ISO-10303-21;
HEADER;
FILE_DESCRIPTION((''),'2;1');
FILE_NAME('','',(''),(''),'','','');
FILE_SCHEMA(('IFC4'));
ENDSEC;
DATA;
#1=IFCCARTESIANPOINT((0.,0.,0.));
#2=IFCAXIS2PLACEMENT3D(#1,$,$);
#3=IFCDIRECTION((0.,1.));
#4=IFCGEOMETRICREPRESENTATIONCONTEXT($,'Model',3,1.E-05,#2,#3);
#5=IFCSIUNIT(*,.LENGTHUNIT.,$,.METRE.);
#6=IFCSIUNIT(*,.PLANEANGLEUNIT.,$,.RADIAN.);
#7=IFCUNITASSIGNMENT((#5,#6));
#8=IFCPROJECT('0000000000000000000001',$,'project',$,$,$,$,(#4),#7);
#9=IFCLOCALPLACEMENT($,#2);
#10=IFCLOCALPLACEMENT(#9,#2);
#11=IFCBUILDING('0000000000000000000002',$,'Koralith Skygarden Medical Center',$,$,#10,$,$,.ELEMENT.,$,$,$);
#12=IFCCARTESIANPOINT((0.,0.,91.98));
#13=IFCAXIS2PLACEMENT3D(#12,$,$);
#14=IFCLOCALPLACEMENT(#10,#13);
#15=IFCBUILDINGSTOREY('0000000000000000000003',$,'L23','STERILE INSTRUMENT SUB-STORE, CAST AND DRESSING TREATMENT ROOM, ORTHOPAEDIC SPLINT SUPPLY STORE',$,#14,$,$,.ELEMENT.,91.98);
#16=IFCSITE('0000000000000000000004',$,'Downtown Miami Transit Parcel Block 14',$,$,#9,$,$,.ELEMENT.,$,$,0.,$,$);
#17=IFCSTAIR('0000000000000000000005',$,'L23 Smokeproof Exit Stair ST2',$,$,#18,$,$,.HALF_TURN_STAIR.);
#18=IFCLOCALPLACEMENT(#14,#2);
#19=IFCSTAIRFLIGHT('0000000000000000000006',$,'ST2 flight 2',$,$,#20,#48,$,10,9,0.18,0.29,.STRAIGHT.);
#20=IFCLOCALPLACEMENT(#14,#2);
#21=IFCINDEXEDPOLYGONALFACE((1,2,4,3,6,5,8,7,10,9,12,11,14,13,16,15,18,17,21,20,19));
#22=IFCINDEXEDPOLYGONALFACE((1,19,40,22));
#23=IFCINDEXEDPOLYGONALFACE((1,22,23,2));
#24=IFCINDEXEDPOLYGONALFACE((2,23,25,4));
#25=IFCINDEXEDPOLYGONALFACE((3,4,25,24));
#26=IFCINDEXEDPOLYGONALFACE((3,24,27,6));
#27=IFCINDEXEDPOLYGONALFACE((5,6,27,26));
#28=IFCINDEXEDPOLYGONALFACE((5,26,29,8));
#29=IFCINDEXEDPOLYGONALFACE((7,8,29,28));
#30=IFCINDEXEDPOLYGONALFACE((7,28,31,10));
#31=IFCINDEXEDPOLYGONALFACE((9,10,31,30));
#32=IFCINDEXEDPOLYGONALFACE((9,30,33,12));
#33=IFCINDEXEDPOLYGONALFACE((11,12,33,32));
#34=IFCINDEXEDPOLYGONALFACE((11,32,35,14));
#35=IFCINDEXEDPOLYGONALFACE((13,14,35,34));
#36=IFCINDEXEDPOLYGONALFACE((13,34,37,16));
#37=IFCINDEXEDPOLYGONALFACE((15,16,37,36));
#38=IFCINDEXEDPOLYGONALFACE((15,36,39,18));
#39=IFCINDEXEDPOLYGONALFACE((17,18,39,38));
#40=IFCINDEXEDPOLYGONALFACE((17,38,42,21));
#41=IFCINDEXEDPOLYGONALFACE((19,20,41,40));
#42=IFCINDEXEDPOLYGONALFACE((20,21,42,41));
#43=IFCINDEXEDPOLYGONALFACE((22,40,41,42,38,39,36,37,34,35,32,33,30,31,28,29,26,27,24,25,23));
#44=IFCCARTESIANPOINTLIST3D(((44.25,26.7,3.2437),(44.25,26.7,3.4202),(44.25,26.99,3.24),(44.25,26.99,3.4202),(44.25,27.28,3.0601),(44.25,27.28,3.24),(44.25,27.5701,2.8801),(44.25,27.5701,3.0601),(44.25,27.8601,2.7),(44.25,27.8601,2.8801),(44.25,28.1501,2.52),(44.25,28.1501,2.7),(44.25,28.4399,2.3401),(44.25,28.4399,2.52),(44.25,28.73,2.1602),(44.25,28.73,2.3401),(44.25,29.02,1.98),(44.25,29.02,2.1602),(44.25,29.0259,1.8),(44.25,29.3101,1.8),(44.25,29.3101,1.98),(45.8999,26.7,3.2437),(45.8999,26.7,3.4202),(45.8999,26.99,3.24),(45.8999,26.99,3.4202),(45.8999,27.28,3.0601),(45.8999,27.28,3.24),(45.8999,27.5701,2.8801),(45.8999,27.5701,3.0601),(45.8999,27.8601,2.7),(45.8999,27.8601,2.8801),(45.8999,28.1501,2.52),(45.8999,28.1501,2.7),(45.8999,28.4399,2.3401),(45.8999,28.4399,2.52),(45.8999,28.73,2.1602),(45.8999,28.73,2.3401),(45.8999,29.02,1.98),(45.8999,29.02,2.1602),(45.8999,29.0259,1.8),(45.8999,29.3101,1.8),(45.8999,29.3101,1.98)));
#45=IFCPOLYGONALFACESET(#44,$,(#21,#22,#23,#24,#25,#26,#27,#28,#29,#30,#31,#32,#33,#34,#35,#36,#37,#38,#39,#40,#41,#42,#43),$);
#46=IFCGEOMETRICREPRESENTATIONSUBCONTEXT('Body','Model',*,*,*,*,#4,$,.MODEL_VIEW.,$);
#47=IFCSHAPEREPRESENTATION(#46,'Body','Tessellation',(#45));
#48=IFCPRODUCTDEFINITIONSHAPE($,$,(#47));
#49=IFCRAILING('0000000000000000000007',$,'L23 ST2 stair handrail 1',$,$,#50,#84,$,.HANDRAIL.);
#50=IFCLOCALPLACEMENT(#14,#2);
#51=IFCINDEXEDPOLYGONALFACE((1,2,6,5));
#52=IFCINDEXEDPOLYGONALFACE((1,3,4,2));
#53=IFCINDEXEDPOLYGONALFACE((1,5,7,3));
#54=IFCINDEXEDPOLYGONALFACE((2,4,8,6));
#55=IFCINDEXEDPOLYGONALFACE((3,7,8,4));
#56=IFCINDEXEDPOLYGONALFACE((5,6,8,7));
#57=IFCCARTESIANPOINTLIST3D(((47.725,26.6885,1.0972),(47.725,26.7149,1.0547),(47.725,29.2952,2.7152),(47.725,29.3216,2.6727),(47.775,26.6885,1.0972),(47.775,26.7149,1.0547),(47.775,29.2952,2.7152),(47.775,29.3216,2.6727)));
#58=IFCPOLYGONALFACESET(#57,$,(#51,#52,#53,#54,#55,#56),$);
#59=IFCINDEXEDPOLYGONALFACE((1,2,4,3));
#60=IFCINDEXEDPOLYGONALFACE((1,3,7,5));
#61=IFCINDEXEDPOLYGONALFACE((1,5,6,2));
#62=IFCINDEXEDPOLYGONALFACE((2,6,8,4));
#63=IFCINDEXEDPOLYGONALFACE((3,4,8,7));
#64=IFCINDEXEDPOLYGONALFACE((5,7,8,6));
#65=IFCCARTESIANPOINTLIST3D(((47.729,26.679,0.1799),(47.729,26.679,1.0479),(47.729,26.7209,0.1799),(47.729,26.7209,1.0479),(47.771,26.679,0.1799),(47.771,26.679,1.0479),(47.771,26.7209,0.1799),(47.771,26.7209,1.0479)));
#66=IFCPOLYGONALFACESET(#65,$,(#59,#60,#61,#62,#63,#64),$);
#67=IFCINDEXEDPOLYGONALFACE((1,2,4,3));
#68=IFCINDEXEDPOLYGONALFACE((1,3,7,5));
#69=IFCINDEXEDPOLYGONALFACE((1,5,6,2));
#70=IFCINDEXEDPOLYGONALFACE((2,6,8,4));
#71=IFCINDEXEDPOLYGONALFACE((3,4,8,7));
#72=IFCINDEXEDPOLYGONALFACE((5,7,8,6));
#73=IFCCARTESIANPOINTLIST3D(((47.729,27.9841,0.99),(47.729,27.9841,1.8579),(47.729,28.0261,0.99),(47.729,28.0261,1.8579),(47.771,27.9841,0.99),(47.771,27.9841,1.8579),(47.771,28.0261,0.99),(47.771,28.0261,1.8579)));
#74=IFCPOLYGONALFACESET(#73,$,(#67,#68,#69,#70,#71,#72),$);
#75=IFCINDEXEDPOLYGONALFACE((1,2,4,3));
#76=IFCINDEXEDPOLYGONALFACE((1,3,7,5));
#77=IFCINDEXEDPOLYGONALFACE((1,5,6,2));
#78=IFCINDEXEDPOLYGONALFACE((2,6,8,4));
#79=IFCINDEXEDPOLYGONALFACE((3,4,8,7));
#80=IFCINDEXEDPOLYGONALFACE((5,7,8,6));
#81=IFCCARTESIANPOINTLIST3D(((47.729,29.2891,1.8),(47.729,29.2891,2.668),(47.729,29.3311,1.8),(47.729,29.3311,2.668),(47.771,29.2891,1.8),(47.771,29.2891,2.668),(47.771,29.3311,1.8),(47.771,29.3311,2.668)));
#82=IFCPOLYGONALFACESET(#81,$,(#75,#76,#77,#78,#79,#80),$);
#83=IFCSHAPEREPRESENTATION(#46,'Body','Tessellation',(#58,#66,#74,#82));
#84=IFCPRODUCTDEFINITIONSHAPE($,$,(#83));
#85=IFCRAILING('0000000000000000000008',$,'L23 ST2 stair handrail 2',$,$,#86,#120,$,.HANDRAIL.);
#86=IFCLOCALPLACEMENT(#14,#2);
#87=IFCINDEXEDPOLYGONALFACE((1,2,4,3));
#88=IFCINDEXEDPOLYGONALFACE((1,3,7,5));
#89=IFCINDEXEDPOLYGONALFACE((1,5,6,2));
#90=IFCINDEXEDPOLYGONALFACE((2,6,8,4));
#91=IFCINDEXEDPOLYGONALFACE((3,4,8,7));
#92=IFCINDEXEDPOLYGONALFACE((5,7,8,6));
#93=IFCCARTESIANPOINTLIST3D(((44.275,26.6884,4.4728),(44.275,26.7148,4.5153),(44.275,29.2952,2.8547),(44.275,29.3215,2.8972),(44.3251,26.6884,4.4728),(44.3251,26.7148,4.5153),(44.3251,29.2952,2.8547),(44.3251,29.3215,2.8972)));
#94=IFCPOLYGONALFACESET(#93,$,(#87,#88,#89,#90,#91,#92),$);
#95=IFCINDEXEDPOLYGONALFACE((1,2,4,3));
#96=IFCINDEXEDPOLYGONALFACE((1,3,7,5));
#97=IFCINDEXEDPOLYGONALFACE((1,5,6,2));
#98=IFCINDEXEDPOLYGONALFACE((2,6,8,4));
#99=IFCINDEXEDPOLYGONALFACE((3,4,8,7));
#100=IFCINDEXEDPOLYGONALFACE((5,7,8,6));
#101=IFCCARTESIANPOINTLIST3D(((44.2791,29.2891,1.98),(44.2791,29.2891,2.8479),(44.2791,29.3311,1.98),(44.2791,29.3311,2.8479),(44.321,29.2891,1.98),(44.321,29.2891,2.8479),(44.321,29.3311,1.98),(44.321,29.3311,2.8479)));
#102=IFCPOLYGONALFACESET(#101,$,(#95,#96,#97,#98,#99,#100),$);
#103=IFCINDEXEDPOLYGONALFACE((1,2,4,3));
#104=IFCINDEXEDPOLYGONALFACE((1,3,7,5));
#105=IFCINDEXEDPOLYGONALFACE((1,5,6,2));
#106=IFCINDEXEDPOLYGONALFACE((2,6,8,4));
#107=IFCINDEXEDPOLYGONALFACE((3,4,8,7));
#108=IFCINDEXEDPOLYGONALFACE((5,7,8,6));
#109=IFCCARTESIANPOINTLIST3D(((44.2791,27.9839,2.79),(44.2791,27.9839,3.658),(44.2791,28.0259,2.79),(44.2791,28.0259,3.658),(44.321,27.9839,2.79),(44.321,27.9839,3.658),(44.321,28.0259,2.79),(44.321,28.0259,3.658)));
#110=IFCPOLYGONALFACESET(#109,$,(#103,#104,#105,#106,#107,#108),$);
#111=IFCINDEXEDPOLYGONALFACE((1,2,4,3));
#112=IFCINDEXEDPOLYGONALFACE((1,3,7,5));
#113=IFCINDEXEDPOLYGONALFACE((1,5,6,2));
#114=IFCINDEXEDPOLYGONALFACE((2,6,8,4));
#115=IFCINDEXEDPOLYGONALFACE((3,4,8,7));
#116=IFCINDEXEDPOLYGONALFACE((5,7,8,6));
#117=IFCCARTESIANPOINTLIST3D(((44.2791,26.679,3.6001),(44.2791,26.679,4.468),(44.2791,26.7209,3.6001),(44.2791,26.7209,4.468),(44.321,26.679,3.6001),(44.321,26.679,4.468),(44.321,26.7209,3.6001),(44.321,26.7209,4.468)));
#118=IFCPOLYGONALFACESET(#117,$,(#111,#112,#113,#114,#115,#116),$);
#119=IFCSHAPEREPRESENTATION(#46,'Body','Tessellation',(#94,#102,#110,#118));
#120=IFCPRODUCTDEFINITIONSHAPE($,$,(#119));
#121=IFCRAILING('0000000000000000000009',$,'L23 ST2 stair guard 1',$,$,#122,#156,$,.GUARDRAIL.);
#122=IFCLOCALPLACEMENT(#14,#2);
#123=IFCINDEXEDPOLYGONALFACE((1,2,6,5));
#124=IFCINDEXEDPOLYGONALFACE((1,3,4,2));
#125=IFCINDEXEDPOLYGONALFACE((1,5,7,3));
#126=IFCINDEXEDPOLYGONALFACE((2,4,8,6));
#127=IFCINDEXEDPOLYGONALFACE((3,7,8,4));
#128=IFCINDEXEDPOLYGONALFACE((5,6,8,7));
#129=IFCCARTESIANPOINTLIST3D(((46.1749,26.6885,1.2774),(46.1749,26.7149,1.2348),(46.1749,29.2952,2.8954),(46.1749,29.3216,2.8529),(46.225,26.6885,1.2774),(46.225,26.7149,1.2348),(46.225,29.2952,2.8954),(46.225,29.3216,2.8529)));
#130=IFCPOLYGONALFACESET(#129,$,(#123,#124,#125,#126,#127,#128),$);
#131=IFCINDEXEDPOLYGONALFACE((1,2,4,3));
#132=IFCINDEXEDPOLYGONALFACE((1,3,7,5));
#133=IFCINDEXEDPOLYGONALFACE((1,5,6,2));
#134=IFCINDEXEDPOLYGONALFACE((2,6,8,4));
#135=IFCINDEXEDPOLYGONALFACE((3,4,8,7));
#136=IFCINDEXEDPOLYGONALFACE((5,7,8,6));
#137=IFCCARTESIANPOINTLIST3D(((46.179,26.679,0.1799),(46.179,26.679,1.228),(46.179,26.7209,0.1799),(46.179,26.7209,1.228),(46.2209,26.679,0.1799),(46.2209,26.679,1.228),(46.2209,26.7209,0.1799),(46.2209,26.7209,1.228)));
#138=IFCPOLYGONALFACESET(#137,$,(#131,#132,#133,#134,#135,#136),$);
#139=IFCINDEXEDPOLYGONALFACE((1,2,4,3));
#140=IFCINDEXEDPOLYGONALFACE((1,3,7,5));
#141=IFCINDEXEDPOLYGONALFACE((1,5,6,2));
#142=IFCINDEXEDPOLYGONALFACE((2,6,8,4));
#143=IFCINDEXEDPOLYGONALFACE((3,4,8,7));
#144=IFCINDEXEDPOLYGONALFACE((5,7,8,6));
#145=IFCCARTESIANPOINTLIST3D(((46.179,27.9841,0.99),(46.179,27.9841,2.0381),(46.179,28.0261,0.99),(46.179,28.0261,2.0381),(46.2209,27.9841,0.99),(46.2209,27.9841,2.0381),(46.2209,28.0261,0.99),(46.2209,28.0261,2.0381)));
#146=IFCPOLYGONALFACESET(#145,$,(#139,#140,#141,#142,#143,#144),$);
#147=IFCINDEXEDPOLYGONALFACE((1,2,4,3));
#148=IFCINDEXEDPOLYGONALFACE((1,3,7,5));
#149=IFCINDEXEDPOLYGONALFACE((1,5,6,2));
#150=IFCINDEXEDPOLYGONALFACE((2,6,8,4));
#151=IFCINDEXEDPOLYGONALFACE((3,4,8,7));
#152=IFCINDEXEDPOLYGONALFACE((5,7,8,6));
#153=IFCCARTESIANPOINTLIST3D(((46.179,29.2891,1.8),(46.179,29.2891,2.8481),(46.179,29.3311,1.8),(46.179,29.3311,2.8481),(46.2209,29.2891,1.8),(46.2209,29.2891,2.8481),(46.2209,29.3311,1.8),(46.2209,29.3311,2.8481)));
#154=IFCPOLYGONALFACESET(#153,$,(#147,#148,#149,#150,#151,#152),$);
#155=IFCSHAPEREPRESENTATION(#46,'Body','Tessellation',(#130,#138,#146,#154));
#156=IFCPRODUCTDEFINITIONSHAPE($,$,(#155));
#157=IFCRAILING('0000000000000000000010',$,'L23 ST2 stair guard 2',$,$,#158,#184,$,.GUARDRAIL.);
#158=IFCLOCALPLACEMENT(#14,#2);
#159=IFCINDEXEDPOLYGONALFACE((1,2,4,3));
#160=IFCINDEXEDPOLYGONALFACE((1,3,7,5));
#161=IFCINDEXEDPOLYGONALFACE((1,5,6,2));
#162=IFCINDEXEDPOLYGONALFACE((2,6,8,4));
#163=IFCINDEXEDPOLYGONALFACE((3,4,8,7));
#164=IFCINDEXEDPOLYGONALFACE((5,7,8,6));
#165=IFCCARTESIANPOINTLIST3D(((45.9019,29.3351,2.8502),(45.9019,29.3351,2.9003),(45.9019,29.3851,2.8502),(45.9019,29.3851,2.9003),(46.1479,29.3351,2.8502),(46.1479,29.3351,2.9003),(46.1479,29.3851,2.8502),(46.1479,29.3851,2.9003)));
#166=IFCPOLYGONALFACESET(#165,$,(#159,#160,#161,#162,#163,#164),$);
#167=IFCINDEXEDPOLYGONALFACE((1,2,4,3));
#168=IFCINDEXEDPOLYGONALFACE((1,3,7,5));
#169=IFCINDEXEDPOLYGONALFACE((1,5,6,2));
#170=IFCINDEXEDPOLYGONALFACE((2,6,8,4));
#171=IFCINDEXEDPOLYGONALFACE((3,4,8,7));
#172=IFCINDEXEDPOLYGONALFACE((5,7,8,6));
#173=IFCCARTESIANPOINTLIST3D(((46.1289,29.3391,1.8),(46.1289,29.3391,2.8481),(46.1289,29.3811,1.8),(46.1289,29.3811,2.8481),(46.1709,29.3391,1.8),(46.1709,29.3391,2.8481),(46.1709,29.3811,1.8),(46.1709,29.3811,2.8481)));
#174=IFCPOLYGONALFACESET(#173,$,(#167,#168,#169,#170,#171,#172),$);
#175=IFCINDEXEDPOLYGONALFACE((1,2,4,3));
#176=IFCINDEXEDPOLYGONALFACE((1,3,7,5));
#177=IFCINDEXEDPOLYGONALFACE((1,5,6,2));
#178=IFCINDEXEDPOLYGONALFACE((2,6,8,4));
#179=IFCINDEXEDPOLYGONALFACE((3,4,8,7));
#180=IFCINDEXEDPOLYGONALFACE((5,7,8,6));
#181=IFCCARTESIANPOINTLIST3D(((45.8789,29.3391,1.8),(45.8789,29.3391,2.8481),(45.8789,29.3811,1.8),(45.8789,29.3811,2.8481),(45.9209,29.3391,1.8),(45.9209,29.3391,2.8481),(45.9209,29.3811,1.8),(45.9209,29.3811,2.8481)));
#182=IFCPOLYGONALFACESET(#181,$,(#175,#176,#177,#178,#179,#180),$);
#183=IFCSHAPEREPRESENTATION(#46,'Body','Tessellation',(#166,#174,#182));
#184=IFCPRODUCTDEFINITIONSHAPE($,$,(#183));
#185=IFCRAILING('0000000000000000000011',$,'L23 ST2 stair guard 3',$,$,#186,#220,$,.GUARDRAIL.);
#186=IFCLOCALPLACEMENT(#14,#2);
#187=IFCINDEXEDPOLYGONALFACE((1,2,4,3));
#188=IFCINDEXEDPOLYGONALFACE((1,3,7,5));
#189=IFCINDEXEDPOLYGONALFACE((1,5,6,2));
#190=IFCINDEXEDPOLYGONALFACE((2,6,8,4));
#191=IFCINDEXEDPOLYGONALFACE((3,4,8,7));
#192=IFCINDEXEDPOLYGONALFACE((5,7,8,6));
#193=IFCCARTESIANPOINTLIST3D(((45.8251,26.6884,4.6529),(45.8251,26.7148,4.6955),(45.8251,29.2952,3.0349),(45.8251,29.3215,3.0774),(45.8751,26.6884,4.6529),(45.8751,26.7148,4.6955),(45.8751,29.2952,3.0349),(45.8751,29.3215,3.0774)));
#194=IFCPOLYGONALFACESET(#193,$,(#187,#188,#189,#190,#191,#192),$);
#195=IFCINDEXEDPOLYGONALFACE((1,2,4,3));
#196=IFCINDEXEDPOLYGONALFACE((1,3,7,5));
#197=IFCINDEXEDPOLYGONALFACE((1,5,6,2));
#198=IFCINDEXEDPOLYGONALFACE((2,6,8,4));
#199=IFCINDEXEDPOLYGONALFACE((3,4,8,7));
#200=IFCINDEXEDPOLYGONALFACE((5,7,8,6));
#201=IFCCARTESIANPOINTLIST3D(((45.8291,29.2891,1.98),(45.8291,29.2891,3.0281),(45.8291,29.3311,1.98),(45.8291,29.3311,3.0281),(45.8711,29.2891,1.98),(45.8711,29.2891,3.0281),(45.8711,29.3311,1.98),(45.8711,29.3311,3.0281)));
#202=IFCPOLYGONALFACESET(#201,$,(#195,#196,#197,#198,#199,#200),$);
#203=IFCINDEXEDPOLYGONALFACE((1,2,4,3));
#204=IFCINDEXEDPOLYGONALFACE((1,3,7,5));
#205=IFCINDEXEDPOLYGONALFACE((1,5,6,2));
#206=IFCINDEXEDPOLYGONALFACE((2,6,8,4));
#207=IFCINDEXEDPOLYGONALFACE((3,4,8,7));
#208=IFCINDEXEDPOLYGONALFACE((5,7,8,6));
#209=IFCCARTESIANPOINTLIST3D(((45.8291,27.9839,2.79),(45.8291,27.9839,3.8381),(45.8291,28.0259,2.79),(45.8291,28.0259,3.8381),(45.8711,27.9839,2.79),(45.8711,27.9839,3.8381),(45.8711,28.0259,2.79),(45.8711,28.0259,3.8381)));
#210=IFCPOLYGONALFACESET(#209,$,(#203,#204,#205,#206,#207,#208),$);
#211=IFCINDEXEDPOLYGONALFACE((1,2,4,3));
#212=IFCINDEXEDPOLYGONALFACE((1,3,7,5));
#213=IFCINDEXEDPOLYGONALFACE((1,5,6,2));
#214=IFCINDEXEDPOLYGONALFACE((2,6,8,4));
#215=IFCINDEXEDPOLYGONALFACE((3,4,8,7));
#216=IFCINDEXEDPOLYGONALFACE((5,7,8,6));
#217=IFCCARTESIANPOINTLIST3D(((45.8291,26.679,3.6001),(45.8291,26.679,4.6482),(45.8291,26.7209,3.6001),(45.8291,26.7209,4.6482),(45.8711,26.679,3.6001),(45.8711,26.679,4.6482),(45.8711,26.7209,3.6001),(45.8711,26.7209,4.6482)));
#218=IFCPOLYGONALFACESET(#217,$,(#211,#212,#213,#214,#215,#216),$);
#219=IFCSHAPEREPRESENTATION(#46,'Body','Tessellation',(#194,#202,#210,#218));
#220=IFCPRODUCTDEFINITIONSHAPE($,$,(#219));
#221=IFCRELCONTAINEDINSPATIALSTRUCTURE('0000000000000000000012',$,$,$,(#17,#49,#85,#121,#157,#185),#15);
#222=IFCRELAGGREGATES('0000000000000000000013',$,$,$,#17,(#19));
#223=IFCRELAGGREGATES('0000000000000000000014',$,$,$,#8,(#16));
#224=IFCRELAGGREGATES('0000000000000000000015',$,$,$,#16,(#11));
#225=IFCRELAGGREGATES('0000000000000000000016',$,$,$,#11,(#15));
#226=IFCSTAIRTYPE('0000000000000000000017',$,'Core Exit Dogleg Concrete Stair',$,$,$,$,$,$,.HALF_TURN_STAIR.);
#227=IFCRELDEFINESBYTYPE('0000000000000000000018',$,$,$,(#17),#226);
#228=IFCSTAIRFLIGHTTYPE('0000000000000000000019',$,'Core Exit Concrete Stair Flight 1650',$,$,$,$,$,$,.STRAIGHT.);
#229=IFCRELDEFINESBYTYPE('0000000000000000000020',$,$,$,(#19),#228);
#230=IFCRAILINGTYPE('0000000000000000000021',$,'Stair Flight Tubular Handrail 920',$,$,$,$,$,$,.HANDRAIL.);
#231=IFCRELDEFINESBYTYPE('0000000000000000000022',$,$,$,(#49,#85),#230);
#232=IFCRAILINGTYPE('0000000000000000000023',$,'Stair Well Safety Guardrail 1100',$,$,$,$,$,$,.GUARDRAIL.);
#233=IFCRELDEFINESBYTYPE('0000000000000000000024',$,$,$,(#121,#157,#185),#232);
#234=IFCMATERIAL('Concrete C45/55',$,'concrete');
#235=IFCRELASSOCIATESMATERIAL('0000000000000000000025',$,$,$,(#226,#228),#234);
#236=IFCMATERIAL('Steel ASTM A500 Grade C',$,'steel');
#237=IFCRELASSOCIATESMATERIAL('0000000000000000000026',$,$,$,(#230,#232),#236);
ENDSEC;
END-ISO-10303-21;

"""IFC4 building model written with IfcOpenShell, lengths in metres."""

from ifc_helpers import new_model, si_unit, direction, frame, origin, origin_2d, place, context, subcontext, project, spatial, polyline, rectangle, outline, extrude, material, type_object, element, aggregate, save


model = new_model("IFC4")

# Units and contexts
model_context = context("Model", 3, precision=1e-05, world=origin(), true_north=direction((0.0, 1.0)))
body_context = subcontext(model_context, "Body", "Model", "MODEL_VIEW")
ifc_project = project(units=[si_unit("LENGTHUNIT", "METRE"), si_unit("PLANEANGLEUNIT", "RADIAN")], contexts=[model_context])

# Site, building, storey
site_placement = place(None, origin())
site = spatial("IfcSite", under=ifc_project, at=site_placement, Name="Downtown Miami Transit Parcel Block 14", CompositionType="ELEMENT", RefElevation=0.0)
building_placement = place(site_placement, origin())
building = spatial("IfcBuilding", under=site, at=building_placement, Name="Koralith Skygarden Medical Center", CompositionType="ELEMENT")
storey_placement = place(building_placement, frame((0.0, 0.0, 91.98)))
storey = spatial("IfcBuildingStorey", under=building, at=storey_placement, Name="L23", Description="STERILE INSTRUMENT SUB-STORE, CAST AND DRESSING TREATMENT ROOM, ORTHOPAEDIC SPLINT SUPPLY STORE", CompositionType="ELEMENT", Elevation=91.98)

# Shared definitions
ifc_material_1 = material(Name="Concrete C45/55", Category="concrete")

# Stair, stair flight
stair_type = type_object("IfcStairType", Name="Core Exit Dogleg Concrete Stair", PredefinedType="HALF_TURN_STAIR", material=ifc_material_1)
stair_placement = place(storey_placement, origin())
stair = element("IfcStair", 1, at=stair_placement, inside=storey, type_object=stair_type, Name="L23 Smokeproof Exit Stair ST2", PredefinedType="HALF_TURN_STAIR")
stair_flight_type = type_object("IfcStairFlightType", Name="Core Exit Concrete Stair Flight 1650", PredefinedType="STRAIGHT", material=ifc_material_1)
stair_flight_1_placement = place(storey_placement, frame((45.075, 29.3101, 1.8), z_axis=(0.0, 0.0, 1.0), x_axis=(0.0, -1.0, 0.0)))
stair_flight_1 = element("IfcStairFlight", 2, at=stair_flight_1_placement, type_object=stair_flight_type, Name="ST2 flight 2", NumberOfRisers=10, NumberOfTreads=9, PredefinedType="STRAIGHT", RiserHeight=0.18, TreadLength=0.29, context=body_context, shape_type="SweptSolid", body=[
    extrude(outline(polyline([(0.0, 0.0), (0.0, 0.1799), (0.29, 0.1799), (0.29, 0.3601), (0.5801, 0.3601), (0.5801, 0.54), (0.8701, 0.54), (0.8701, 0.72), (1.1599, 0.72), (1.1599, 0.8999), (1.45, 0.8999), (1.45, 1.0801), (1.74, 1.0801), (1.74, 1.26), (2.03, 1.26), (2.03, 1.4399), (2.3201, 1.4399), (2.3201, 1.6201), (2.6101, 1.6201), (2.6101, 1.8), (2.6101, 1.4436), (0.2842, 0.0), (0.0, 0.0)])), frame((0.0, 0.825, 0.0), z_axis=(0.0, -1.0, 0.0), x_axis=(1.0, 0.0, 0.0)), (0.0, 0.0, 1.0), 1.6499),
])
aggregate(stair, [stair_flight_1])

# Railings
ifc_material_2 = material(Name="Steel ASTM A500 Grade C", Category="steel")
railing_type_1 = type_object("IfcRailingType", Name="Stair Flight Tubular Handrail 920", PredefinedType="HANDRAIL", material=ifc_material_2)
railing_1_placement = place(storey_placement, frame((47.75, 26.7, 0.1799)))
element("IfcRailing", 3, at=railing_1_placement, inside=storey, type_object=railing_type_1, Name="L23 ST2 stair handrail 1", PredefinedType="HANDRAIL", context=body_context, shape_type="SweptSolid", body=[
    extrude(rectangle(XDim=0.05, YDim=0.05, at=origin_2d()), frame((0.0, 0.0017, 0.896), z_axis=(0.0, 0.849633, 0.527375), x_axis=(-1.0, 0.0, 0.0)), (0.0, 0.0, 1.0), 3.0681),
    extrude(rectangle(XDim=0.042, YDim=0.042, at=origin_2d()), origin(), (0.0, 0.0, 1.0), 0.8679),
    extrude(rectangle(XDim=0.042, YDim=0.042, at=origin_2d()), frame((0.0, 1.3052, 0.8101)), (0.0, 0.0, 1.0), 0.8679),
    extrude(rectangle(XDim=0.042, YDim=0.042, at=origin_2d()), frame((0.0, 2.6101, 1.6201)), (0.0, 0.0, 1.0), 0.8679),
])
railing_2_placement = place(storey_placement, frame((44.3, 29.3101, 1.98)))
element("IfcRailing", 4, at=railing_2_placement, inside=storey, type_object=railing_type_1, Name="L23 ST2 stair handrail 2", PredefinedType="HANDRAIL", context=body_context, shape_type="SweptSolid", body=[
    extrude(rectangle(XDim=0.05, YDim=0.05, at=origin_2d()), frame((0.0, -0.0017, 0.896), z_axis=(0.0, -0.849633, 0.527375), x_axis=(1.0, 0.0, 0.0)), (0.0, 0.0, 1.0), 3.0681),
    extrude(rectangle(XDim=0.042, YDim=0.042, at=origin_2d()), origin(), (0.0, 0.0, 1.0), 0.8679),
    extrude(rectangle(XDim=0.042, YDim=0.042, at=origin_2d()), frame((0.0, -1.3052, 0.8101)), (0.0, 0.0, 1.0), 0.8679),
    extrude(rectangle(XDim=0.042, YDim=0.042, at=origin_2d()), frame((0.0, -2.6101, 1.6201)), (0.0, 0.0, 1.0), 0.8679),
])
railing_type_2 = type_object("IfcRailingType", Name="Stair Well Safety Guardrail 1100", PredefinedType="GUARDRAIL", material=ifc_material_2)
railing_3_placement = place(storey_placement, frame((46.2, 26.7, 0.1799)))
element("IfcRailing", 5, at=railing_3_placement, inside=storey, type_object=railing_type_2, Name="L23 ST2 stair guard 1", PredefinedType="GUARDRAIL", context=body_context, shape_type="SweptSolid", body=[
    extrude(rectangle(XDim=0.05, YDim=0.05, at=origin_2d()), frame((0.0, 0.0017, 1.0762), z_axis=(0.0, 0.849633, 0.527375), x_axis=(-1.0, 0.0, 0.0)), (0.0, 0.0, 1.0), 3.0681),
    extrude(rectangle(XDim=0.042, YDim=0.042, at=origin_2d()), origin(), (0.0, 0.0, 1.0), 1.0481),
    extrude(rectangle(XDim=0.042, YDim=0.042, at=origin_2d()), frame((0.0, 1.3052, 0.8101)), (0.0, 0.0, 1.0), 1.0481),
    extrude(rectangle(XDim=0.042, YDim=0.042, at=origin_2d()), frame((0.0, 2.6101, 1.6201)), (0.0, 0.0, 1.0), 1.0481),
])
railing_4_placement = place(storey_placement, frame((46.1499, 29.3601, 1.8)))
element("IfcRailing", 6, at=railing_4_placement, inside=storey, type_object=railing_type_2, Name="L23 ST2 stair guard 2", PredefinedType="GUARDRAIL", context=body_context, shape_type="SweptSolid", body=[
    extrude(rectangle(XDim=0.05, YDim=0.05, at=origin_2d()), frame((-0.002, 0.0, 1.0752), z_axis=(-1.0, 0.0, 0.0), x_axis=(0.0, -1.0, 0.0)), (0.0, 0.0, 1.0), 0.2461),
    extrude(rectangle(XDim=0.042, YDim=0.042, at=origin_2d()), origin(), (0.0, 0.0, 1.0), 1.0481),
    extrude(rectangle(XDim=0.042, YDim=0.042, at=origin_2d()), frame((-0.25, 0.0, 0.0)), (0.0, 0.0, 1.0), 1.0481),
])
railing_5_placement = place(storey_placement, frame((45.8501, 29.3101, 1.98)))
element("IfcRailing", 7, at=railing_5_placement, inside=storey, type_object=railing_type_2, Name="L23 ST2 stair guard 3", PredefinedType="GUARDRAIL", context=body_context, shape_type="SweptSolid", body=[
    extrude(rectangle(XDim=0.05, YDim=0.05, at=origin_2d()), frame((0.0, -0.0017, 1.0762), z_axis=(0.0, -0.849633, 0.527375), x_axis=(1.0, 0.0, 0.0)), (0.0, 0.0, 1.0), 3.0681),
    extrude(rectangle(XDim=0.042, YDim=0.042, at=origin_2d()), origin(), (0.0, 0.0, 1.0), 1.0481),
    extrude(rectangle(XDim=0.042, YDim=0.042, at=origin_2d()), frame((0.0, -1.3052, 0.8101)), (0.0, 0.0, 1.0), 1.0481),
    extrude(rectangle(XDim=0.042, YDim=0.042, at=origin_2d()), frame((0.0, -2.6101, 1.6201)), (0.0, 0.0, 1.0), 1.0481),
])

save(model, "model.ifc")
